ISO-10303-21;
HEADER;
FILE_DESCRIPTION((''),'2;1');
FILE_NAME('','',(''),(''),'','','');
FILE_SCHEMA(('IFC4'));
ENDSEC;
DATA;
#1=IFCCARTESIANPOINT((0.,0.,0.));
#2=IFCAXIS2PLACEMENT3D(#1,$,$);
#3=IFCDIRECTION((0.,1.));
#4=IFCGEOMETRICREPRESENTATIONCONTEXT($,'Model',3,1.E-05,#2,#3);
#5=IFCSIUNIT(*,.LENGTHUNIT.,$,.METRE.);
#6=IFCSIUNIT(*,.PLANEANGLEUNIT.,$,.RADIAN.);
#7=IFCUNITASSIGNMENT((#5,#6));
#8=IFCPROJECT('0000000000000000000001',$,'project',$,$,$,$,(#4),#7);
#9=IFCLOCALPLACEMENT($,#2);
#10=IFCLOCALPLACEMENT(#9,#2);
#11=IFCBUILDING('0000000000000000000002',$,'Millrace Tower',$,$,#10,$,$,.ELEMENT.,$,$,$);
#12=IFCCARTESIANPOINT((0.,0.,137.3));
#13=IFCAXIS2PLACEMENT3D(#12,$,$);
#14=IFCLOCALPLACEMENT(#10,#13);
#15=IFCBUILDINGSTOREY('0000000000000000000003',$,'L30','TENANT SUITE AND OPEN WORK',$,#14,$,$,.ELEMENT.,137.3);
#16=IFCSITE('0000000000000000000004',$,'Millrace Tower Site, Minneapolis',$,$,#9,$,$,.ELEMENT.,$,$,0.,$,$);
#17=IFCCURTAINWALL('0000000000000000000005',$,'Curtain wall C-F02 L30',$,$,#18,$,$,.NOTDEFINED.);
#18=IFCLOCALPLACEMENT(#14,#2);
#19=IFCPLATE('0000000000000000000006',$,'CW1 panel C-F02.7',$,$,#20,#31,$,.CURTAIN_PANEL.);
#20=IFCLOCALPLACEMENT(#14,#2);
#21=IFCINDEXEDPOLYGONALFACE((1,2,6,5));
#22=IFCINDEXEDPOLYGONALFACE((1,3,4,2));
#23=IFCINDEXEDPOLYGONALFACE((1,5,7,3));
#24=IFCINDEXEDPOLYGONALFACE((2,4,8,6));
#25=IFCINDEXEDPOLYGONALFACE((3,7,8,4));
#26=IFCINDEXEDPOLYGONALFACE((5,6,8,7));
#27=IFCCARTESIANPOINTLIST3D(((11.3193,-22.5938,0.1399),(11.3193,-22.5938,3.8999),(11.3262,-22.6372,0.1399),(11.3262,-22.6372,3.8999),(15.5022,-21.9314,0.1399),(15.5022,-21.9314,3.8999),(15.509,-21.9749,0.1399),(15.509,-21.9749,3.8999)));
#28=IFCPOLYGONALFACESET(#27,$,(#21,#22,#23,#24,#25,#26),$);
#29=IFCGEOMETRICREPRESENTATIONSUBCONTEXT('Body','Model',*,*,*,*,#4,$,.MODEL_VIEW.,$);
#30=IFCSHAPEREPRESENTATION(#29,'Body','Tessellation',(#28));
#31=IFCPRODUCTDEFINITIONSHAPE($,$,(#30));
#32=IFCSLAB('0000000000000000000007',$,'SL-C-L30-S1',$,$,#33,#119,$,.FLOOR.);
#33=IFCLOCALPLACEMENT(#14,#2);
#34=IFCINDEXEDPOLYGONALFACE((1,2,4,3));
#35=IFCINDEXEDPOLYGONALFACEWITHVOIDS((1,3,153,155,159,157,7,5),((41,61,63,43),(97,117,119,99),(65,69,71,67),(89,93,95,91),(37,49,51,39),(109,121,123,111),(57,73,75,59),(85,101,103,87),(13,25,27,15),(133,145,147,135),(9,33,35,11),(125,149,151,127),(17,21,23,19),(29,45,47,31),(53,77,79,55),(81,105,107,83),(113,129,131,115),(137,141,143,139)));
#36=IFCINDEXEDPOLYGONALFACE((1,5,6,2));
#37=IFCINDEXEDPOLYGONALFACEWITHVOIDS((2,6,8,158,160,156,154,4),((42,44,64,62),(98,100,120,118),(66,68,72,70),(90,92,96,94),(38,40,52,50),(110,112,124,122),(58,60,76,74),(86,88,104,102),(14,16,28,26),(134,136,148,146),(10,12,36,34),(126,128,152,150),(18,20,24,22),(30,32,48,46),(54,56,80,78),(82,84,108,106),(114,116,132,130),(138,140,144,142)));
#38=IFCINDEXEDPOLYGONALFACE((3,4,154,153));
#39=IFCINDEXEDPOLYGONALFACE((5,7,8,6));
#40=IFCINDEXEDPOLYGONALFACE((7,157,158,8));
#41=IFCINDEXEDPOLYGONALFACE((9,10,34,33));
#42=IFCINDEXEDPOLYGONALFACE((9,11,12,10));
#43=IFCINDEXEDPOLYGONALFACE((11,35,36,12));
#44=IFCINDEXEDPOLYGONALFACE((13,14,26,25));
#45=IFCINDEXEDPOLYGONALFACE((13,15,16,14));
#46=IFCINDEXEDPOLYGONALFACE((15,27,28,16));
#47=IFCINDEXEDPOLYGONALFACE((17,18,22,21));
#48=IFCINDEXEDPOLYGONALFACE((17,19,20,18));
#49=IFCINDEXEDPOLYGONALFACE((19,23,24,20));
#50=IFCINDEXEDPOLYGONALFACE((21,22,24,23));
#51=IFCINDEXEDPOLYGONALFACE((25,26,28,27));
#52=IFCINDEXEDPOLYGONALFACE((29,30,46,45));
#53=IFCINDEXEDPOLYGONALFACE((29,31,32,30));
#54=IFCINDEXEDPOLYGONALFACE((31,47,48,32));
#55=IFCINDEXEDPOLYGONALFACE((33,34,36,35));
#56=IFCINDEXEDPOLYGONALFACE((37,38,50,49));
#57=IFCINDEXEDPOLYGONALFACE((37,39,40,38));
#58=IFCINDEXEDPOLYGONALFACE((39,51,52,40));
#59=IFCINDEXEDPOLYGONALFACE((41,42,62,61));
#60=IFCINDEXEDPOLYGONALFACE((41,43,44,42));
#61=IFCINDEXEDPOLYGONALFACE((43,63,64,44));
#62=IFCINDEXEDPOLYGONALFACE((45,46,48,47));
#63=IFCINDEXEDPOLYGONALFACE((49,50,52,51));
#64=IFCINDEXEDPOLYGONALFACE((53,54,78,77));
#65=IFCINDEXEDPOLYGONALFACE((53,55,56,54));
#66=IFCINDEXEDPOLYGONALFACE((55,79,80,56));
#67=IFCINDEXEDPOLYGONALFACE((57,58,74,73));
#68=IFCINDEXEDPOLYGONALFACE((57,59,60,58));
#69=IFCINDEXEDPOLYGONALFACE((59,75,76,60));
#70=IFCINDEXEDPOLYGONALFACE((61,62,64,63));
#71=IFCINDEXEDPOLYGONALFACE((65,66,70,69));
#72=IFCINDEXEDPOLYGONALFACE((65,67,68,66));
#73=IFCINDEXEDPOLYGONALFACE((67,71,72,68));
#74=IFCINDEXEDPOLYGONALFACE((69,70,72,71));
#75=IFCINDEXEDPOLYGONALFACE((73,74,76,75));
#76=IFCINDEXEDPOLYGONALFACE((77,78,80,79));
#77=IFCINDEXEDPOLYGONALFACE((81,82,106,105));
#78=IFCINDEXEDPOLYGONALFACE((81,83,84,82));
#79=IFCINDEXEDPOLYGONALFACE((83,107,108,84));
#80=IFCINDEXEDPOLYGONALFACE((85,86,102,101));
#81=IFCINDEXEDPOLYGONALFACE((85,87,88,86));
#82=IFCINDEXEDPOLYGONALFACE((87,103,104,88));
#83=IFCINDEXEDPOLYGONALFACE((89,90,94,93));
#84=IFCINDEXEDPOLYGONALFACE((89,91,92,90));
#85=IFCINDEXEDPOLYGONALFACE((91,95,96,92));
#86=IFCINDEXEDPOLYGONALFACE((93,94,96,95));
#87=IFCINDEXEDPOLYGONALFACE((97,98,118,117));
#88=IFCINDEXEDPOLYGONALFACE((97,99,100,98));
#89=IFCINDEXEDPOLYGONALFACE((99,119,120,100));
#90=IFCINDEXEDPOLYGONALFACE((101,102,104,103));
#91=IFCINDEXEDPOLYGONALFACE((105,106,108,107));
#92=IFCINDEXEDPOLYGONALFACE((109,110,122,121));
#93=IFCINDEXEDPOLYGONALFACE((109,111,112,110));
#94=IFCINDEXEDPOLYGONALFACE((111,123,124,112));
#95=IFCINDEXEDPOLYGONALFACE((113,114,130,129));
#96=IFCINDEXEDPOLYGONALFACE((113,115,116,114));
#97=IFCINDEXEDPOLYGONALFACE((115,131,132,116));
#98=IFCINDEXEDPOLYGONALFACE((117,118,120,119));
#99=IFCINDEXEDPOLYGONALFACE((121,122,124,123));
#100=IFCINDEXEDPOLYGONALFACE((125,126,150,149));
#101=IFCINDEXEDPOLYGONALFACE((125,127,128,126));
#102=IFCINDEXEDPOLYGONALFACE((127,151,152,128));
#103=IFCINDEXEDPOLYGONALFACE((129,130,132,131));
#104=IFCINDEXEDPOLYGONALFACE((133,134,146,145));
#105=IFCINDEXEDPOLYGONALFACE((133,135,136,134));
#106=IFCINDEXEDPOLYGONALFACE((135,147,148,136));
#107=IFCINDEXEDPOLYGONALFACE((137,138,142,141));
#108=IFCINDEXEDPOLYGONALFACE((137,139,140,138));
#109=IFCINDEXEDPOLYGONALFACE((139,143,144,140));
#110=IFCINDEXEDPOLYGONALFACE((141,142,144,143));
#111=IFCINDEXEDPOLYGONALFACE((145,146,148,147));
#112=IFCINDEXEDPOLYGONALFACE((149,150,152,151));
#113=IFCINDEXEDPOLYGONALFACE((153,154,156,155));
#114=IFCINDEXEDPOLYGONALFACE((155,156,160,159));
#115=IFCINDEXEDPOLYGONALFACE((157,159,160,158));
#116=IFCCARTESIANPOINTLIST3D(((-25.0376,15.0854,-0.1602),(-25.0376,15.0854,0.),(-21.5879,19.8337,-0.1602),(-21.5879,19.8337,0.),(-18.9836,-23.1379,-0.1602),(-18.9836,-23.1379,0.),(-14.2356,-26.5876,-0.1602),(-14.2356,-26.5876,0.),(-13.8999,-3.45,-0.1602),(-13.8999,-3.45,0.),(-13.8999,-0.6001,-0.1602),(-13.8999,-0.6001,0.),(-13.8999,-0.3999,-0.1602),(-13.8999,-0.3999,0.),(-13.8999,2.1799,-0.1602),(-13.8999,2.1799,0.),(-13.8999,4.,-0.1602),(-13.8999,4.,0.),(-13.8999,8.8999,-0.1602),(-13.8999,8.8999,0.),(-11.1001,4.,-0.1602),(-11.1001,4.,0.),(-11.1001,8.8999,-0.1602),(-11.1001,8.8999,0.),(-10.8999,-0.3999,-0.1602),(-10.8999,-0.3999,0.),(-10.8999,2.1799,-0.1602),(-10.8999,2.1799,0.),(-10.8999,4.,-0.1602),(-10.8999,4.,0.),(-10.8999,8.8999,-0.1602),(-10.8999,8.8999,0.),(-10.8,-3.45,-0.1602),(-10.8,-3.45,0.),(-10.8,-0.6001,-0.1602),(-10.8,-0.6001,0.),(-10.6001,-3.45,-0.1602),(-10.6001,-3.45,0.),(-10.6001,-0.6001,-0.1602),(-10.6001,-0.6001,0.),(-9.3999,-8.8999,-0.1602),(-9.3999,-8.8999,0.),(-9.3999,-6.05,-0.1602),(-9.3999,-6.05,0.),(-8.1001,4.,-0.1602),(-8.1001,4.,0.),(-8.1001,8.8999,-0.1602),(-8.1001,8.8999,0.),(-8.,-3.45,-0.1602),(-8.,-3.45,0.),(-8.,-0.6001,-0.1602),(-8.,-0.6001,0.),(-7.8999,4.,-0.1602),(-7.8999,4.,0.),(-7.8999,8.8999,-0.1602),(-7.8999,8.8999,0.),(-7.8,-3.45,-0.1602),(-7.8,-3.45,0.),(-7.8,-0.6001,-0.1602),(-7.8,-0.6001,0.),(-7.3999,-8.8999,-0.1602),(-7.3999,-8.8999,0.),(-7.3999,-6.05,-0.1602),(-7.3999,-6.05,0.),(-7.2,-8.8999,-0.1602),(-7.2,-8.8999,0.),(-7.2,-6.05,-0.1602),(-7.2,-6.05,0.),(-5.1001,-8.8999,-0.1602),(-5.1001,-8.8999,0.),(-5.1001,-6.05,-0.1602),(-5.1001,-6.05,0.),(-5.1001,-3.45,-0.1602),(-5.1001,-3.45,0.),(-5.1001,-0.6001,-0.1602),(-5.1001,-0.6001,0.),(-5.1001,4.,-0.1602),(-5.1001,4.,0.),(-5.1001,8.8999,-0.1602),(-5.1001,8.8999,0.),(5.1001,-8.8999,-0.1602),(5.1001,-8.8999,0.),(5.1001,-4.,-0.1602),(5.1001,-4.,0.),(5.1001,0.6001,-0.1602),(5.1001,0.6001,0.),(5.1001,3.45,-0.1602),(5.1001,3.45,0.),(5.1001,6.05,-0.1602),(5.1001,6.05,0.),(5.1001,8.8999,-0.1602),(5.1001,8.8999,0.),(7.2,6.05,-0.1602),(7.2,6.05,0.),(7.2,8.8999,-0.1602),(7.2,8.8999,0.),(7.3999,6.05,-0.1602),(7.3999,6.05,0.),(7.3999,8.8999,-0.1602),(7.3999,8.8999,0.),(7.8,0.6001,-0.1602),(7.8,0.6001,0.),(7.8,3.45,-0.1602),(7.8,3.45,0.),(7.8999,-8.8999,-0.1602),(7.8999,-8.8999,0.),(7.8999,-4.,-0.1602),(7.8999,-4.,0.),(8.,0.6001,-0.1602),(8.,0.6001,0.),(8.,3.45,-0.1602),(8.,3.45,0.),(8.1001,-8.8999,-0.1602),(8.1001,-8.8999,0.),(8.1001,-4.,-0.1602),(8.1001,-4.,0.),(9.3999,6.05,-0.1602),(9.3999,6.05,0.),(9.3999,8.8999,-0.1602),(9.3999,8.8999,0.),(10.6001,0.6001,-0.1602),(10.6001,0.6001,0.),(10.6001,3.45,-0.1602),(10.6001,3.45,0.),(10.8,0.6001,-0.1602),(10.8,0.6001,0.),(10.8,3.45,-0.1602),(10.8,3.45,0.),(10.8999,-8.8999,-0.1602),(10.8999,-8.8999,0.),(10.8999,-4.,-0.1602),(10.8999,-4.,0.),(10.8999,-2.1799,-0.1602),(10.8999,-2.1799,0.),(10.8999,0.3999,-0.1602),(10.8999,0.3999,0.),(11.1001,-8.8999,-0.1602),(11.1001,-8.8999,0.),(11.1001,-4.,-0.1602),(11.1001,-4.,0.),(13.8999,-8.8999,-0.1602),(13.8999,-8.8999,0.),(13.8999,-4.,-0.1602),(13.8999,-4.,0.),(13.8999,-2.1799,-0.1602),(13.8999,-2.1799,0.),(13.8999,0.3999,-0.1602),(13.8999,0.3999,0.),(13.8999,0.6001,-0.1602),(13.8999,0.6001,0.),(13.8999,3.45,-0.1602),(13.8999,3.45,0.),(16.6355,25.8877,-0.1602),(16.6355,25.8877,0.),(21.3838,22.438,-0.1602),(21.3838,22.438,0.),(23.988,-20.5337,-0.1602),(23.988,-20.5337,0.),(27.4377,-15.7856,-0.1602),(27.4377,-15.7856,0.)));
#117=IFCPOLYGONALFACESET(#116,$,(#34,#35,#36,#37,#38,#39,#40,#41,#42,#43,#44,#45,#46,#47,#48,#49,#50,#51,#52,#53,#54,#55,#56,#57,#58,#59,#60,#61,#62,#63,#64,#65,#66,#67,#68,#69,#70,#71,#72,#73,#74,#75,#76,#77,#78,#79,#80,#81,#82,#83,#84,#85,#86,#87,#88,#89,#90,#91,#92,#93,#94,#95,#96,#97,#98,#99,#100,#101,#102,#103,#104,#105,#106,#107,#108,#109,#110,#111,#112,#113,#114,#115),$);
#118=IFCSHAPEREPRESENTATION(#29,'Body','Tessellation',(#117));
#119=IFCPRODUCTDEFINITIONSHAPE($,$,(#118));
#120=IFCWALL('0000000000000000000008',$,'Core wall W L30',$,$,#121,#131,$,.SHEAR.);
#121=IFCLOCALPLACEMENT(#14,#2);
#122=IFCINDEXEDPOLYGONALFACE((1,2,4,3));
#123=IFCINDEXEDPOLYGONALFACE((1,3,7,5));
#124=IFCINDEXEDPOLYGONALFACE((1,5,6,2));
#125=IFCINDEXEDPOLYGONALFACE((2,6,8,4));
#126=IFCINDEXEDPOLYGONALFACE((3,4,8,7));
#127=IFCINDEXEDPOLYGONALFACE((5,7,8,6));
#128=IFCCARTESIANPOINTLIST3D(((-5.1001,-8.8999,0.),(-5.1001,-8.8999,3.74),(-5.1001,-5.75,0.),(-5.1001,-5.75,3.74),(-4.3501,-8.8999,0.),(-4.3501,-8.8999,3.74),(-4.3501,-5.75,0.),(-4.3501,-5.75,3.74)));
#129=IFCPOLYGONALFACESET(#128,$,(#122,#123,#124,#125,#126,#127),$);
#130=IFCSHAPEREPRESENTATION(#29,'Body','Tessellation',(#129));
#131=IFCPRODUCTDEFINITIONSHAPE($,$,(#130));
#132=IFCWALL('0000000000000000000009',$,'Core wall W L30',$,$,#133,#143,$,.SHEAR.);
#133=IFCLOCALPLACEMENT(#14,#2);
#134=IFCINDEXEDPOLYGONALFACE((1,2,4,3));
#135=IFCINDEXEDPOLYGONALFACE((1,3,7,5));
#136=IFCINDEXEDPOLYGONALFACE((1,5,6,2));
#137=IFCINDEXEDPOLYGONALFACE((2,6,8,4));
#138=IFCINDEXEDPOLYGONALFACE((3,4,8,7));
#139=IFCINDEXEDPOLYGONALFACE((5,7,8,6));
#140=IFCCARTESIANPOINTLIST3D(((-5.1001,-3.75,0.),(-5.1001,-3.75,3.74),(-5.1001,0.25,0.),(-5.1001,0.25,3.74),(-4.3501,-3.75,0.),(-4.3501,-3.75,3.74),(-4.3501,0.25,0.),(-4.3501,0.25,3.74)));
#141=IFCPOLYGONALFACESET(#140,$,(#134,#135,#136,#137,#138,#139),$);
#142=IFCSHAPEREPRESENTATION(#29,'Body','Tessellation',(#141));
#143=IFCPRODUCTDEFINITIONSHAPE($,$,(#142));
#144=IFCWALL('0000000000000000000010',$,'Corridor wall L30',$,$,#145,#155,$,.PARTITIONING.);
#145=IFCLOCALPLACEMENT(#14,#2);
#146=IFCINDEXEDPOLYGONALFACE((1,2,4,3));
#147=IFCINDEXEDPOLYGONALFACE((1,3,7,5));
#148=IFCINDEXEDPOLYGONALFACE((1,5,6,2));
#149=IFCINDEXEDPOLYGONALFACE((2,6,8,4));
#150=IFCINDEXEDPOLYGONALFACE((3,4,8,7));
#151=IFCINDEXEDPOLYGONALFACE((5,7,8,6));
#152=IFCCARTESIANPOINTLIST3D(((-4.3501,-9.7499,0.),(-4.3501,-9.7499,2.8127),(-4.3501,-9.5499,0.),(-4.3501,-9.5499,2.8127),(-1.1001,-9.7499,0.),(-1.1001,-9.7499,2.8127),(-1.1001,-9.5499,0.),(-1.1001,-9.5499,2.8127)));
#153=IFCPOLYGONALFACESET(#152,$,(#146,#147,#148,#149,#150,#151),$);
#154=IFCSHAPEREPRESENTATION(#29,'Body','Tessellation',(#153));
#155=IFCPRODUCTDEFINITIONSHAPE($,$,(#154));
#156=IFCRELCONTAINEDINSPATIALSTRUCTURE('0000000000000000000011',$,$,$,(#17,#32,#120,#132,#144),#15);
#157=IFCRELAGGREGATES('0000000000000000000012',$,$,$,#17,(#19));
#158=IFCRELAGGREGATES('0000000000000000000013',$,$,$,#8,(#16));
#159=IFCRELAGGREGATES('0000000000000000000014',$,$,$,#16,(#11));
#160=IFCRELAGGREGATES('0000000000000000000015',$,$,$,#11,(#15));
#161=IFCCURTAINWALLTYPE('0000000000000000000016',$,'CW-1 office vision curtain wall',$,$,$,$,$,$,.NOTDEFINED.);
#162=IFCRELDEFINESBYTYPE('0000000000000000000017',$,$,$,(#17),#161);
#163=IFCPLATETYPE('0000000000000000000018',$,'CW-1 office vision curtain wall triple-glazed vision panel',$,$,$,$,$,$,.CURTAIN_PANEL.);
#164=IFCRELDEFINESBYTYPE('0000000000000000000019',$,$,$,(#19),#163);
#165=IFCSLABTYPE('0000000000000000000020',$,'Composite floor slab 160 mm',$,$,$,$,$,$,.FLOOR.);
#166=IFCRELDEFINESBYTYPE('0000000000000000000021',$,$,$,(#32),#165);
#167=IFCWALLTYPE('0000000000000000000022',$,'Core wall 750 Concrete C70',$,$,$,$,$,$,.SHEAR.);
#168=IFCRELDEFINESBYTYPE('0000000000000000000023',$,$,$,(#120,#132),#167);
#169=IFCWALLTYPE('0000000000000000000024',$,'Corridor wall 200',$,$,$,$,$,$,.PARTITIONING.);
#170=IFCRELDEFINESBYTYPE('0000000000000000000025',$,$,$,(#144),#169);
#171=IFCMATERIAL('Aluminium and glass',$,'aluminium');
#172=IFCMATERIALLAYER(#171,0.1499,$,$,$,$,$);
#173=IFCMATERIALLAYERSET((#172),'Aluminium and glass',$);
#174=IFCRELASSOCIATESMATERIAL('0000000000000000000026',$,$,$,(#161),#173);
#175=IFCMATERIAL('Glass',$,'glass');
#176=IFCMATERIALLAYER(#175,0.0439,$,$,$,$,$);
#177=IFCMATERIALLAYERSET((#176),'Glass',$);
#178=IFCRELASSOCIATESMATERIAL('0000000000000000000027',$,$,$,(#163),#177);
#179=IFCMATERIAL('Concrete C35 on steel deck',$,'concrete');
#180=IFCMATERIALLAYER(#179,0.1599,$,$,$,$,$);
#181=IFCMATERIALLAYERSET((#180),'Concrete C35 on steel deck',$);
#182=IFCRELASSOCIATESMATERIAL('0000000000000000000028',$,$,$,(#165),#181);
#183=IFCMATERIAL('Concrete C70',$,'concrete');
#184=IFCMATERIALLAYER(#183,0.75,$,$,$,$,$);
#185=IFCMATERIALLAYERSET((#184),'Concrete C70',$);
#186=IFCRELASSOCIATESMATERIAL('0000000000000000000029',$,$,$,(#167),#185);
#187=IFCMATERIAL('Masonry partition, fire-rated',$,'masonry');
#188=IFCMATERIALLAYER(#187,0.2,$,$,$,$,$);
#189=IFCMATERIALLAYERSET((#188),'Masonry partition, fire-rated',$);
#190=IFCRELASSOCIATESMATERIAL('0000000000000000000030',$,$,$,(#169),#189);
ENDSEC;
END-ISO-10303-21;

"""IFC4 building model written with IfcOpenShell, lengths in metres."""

from ifc_helpers import new_model, si_unit, direction, frame, frame_2d, origin, place, context, subcontext, project, spatial, polyline, rectangle, outline, extrude, material, layer, layer_set, type_object, element, aggregate, save


model = new_model("IFC4")

# Units and contexts
model_context = context("Model", 3, precision=1e-05, world=origin(), true_north=direction((0.0, 1.0)))
body_context = subcontext(model_context, "Body", "Model", "MODEL_VIEW")
ifc_project = project(units=[si_unit("LENGTHUNIT", "METRE"), si_unit("PLANEANGLEUNIT", "RADIAN")], contexts=[model_context])

# Site, building, storey
site_placement = place(None, origin())
site = spatial("IfcSite", under=ifc_project, at=site_placement, Name="Millrace Tower Site, Minneapolis", CompositionType="ELEMENT", RefElevation=0.0)
building_placement = place(site_placement, origin())
building = spatial("IfcBuilding", under=site, at=building_placement, Name="Millrace Tower", CompositionType="ELEMENT")
storey_placement = place(building_placement, frame((0.0, 0.0, 137.3)))
storey = spatial("IfcBuildingStorey", under=building, at=storey_placement, Name="L30", Description="TENANT SUITE AND OPEN WORK", CompositionType="ELEMENT", Elevation=137.3)

# Shared definitions
ifc_material_1 = material(Name="Aluminium and glass", Category="aluminium")
ifc_layer_1 = layer(ifc_material_1, 0.1499)
ifc_layer_set_1 = layer_set([ifc_layer_1], Name="Aluminium and glass")
curtain_wall_type = type_object("IfcCurtainWallType", Name="CW-1 office vision curtain wall", PredefinedType="NOTDEFINED", material=ifc_layer_set_1)
placement_1 = place(storey_placement, origin())
ifc_material_2 = material(Name="Glass", Category="glass")
ifc_layer_2 = layer(ifc_material_2, 0.0439)
ifc_layer_set_2 = layer_set([ifc_layer_2], Name="Glass")
plate_type = type_object("IfcPlateType", Name="CW-1 office vision curtain wall triple-glazed vision panel", PredefinedType="CURTAIN_PANEL", material=ifc_layer_set_2)
placement_2 = place(storey_placement, frame((0.0, 0.0, 0.1399)))

# Curtain wall, plate
curtain_wall_1 = element("IfcCurtainWall", 1, at=placement_1, inside=storey, type_object=curtain_wall_type, Name="Curtain wall C-F02 L30", PredefinedType="NOTDEFINED")
plate_1 = element("IfcPlate", 2, at=placement_2, type_object=plate_type, Name="CW1 panel C-F02.7", PredefinedType="CURTAIN_PANEL", context=body_context, shape_type="SweptSolid", body=[
    extrude(outline(polyline([(11.3262, -22.6372), (15.509, -21.9749), (15.5022, -21.9314), (11.3193, -22.5938), (11.3262, -22.6372)])), origin(), (0.0, 0.0, 1.0), 3.76),
])
aggregate(curtain_wall_1, [plate_1])

# Slab
ifc_material_3 = material(Name="Concrete C35 on steel deck", Category="concrete")
ifc_layer_3 = layer(ifc_material_3, 0.1599)
ifc_layer_set_3 = layer_set([ifc_layer_3], Name="Concrete C35 on steel deck")
slab_type = type_object("IfcSlabType", Name="Composite floor slab 160 mm", PredefinedType="FLOOR", material=ifc_layer_set_3)
slab_placement = place(storey_placement, frame((0.0, 0.0, -0.1602)))
element("IfcSlab", 3, at=slab_placement, inside=storey, type_object=slab_type, Name="SL-C-L30-S1", PredefinedType="FLOOR", context=body_context, shape_type="SweptSolid", body=[
    extrude(outline(polyline([(-18.9836, -23.1379), (-14.2356, -26.5876), (23.988, -20.5337), (27.4377, -15.7856), (21.3838, 22.438), (16.6355, 25.8877), (-21.5879, 19.8337), (-25.0376, 15.0854), (-18.9836, -23.1379)]), holes=[polyline([(-9.3999, -8.8999), (-7.3999, -8.8999), (-7.3999, -6.05), (-9.3999, -6.05), (-9.3999, -8.8999)]), polyline([(-7.2, -8.8999), (-5.1001, -8.8999), (-5.1001, -6.05), (-7.2, -6.05), (-7.2, -8.8999)]), polyline([(-13.8999, -3.45), (-10.8, -3.45), (-10.8, -0.6001), (-13.8999, -0.6001), (-13.8999, -3.45)]), polyline([(-10.6001, -3.45), (-8.0, -3.45), (-8.0, -0.6001), (-10.6001, -0.6001), (-10.6001, -3.45)]), polyline([(-7.8, -3.45), (-5.1001, -3.45), (-5.1001, -0.6001), (-7.8, -0.6001), (-7.8, -3.45)]), polyline([(-13.8999, -0.3999), (-10.8999, -0.3999), (-10.8999, 2.1799), (-13.8999, 2.1799), (-13.8999, -0.3999)]), polyline([(-13.8999, 4.0), (-11.1001, 4.0), (-11.1001, 8.8999), (-13.8999, 8.8999), (-13.8999, 4.0)]), polyline([(-10.8999, 4.0), (-8.1001, 4.0), (-8.1001, 8.8999), (-10.8999, 8.8999), (-10.8999, 4.0)]), polyline([(-7.8999, 4.0), (-5.1001, 4.0), (-5.1001, 8.8999), (-7.8999, 8.8999), (-7.8999, 4.0)]), polyline([(7.3999, 6.05), (9.3999, 6.05), (9.3999, 8.8999), (7.3999, 8.8999), (7.3999, 6.05)]), polyline([(5.1001, 6.05), (7.2, 6.05), (7.2, 8.8999), (5.1001, 8.8999), (5.1001, 6.05)]), polyline([(10.8, 0.6001), (13.8999, 0.6001), (13.8999, 3.45), (10.8, 3.45), (10.8, 0.6001)]), polyline([(8.0, 0.6001), (10.6001, 0.6001), (10.6001, 3.45), (8.0, 3.45), (8.0, 0.6001)]), polyline([(5.1001, 0.6001), (7.8, 0.6001), (7.8, 3.45), (5.1001, 3.45), (5.1001, 0.6001)]), polyline([(10.8999, -2.1799), (13.8999, -2.1799), (13.8999, 0.3999), (10.8999, 0.3999), (10.8999, -2.1799)]), polyline([(11.1001, -8.8999), (13.8999, -8.8999), (13.8999, -4.0), (11.1001, -4.0), (11.1001, -8.8999)]), polyline([(8.1001, -8.8999), (10.8999, -8.8999), (10.8999, -4.0), (8.1001, -4.0), (8.1001, -8.8999)]), polyline([(5.1001, -8.8999), (7.8999, -8.8999), (7.8999, -4.0), (5.1001, -4.0), (5.1001, -8.8999)])]), origin(), (0.0, 0.0, 1.0), 0.1602),
])

# Walls
ifc_material_4 = material(Name="Concrete C70", Category="concrete")
ifc_layer_4 = layer(ifc_material_4, 0.75)
ifc_layer_set_4 = layer_set([ifc_layer_4], Name="Concrete C70")
wall_type_1 = type_object("IfcWallType", Name="Core wall 750 Concrete C70", PredefinedType="SHEAR", material=ifc_layer_set_4)
wall_1_placement = place(storey_placement, frame((-4.7251, -8.8999, 0.0), z_axis=(0.0, 0.0, 1.0), x_axis=(0.0, 1.0, 0.0)))
element("IfcWall", 4, at=wall_1_placement, inside=storey, type_object=wall_type_1, Name="Core wall W L30", PredefinedType="SHEAR", context=body_context, shape_type="SweptSolid", body=[
    extrude(rectangle(XDim=3.1499, YDim=0.75, at=frame_2d((1.575, 0.0))), origin(), (0.0, 0.0, 1.0), 3.74),
])
wall_2_placement = place(storey_placement, frame((-4.7251, -3.75, 0.0), z_axis=(0.0, 0.0, 1.0), x_axis=(0.0, 1.0, 0.0)))
element("IfcWall", 5, at=wall_2_placement, inside=storey, type_object=wall_type_1, Name="Core wall W L30", PredefinedType="SHEAR", context=body_context, shape_type="SweptSolid", body=[
    extrude(rectangle(XDim=4.0, YDim=0.75, at=frame_2d((2.0, 0.0))), origin(), (0.0, 0.0, 1.0), 3.74),
])
ifc_material_5 = material(Name="Masonry partition, fire-rated", Category="masonry")
ifc_layer_5 = layer(ifc_material_5, 0.2)
ifc_layer_set_5 = layer_set([ifc_layer_5], Name="Masonry partition, fire-rated")
wall_type_2 = type_object("IfcWallType", Name="Corridor wall 200", PredefinedType="PARTITIONING", material=ifc_layer_set_5)
wall_3_placement = place(storey_placement, frame((-4.3501, -9.6499, 0.0), z_axis=(0.0, 0.0, 1.0), x_axis=(1.0, 0.0, 0.0)))
element("IfcWall", 6, at=wall_3_placement, inside=storey, type_object=wall_type_2, Name="Corridor wall L30", PredefinedType="PARTITIONING", context=body_context, shape_type="SweptSolid", body=[
    extrude(rectangle(XDim=3.25, YDim=0.2, at=frame_2d((1.625, 0.0))), origin(), (0.0, 0.0, 1.0), 2.8127),
])

save(model, "model.ifc")
